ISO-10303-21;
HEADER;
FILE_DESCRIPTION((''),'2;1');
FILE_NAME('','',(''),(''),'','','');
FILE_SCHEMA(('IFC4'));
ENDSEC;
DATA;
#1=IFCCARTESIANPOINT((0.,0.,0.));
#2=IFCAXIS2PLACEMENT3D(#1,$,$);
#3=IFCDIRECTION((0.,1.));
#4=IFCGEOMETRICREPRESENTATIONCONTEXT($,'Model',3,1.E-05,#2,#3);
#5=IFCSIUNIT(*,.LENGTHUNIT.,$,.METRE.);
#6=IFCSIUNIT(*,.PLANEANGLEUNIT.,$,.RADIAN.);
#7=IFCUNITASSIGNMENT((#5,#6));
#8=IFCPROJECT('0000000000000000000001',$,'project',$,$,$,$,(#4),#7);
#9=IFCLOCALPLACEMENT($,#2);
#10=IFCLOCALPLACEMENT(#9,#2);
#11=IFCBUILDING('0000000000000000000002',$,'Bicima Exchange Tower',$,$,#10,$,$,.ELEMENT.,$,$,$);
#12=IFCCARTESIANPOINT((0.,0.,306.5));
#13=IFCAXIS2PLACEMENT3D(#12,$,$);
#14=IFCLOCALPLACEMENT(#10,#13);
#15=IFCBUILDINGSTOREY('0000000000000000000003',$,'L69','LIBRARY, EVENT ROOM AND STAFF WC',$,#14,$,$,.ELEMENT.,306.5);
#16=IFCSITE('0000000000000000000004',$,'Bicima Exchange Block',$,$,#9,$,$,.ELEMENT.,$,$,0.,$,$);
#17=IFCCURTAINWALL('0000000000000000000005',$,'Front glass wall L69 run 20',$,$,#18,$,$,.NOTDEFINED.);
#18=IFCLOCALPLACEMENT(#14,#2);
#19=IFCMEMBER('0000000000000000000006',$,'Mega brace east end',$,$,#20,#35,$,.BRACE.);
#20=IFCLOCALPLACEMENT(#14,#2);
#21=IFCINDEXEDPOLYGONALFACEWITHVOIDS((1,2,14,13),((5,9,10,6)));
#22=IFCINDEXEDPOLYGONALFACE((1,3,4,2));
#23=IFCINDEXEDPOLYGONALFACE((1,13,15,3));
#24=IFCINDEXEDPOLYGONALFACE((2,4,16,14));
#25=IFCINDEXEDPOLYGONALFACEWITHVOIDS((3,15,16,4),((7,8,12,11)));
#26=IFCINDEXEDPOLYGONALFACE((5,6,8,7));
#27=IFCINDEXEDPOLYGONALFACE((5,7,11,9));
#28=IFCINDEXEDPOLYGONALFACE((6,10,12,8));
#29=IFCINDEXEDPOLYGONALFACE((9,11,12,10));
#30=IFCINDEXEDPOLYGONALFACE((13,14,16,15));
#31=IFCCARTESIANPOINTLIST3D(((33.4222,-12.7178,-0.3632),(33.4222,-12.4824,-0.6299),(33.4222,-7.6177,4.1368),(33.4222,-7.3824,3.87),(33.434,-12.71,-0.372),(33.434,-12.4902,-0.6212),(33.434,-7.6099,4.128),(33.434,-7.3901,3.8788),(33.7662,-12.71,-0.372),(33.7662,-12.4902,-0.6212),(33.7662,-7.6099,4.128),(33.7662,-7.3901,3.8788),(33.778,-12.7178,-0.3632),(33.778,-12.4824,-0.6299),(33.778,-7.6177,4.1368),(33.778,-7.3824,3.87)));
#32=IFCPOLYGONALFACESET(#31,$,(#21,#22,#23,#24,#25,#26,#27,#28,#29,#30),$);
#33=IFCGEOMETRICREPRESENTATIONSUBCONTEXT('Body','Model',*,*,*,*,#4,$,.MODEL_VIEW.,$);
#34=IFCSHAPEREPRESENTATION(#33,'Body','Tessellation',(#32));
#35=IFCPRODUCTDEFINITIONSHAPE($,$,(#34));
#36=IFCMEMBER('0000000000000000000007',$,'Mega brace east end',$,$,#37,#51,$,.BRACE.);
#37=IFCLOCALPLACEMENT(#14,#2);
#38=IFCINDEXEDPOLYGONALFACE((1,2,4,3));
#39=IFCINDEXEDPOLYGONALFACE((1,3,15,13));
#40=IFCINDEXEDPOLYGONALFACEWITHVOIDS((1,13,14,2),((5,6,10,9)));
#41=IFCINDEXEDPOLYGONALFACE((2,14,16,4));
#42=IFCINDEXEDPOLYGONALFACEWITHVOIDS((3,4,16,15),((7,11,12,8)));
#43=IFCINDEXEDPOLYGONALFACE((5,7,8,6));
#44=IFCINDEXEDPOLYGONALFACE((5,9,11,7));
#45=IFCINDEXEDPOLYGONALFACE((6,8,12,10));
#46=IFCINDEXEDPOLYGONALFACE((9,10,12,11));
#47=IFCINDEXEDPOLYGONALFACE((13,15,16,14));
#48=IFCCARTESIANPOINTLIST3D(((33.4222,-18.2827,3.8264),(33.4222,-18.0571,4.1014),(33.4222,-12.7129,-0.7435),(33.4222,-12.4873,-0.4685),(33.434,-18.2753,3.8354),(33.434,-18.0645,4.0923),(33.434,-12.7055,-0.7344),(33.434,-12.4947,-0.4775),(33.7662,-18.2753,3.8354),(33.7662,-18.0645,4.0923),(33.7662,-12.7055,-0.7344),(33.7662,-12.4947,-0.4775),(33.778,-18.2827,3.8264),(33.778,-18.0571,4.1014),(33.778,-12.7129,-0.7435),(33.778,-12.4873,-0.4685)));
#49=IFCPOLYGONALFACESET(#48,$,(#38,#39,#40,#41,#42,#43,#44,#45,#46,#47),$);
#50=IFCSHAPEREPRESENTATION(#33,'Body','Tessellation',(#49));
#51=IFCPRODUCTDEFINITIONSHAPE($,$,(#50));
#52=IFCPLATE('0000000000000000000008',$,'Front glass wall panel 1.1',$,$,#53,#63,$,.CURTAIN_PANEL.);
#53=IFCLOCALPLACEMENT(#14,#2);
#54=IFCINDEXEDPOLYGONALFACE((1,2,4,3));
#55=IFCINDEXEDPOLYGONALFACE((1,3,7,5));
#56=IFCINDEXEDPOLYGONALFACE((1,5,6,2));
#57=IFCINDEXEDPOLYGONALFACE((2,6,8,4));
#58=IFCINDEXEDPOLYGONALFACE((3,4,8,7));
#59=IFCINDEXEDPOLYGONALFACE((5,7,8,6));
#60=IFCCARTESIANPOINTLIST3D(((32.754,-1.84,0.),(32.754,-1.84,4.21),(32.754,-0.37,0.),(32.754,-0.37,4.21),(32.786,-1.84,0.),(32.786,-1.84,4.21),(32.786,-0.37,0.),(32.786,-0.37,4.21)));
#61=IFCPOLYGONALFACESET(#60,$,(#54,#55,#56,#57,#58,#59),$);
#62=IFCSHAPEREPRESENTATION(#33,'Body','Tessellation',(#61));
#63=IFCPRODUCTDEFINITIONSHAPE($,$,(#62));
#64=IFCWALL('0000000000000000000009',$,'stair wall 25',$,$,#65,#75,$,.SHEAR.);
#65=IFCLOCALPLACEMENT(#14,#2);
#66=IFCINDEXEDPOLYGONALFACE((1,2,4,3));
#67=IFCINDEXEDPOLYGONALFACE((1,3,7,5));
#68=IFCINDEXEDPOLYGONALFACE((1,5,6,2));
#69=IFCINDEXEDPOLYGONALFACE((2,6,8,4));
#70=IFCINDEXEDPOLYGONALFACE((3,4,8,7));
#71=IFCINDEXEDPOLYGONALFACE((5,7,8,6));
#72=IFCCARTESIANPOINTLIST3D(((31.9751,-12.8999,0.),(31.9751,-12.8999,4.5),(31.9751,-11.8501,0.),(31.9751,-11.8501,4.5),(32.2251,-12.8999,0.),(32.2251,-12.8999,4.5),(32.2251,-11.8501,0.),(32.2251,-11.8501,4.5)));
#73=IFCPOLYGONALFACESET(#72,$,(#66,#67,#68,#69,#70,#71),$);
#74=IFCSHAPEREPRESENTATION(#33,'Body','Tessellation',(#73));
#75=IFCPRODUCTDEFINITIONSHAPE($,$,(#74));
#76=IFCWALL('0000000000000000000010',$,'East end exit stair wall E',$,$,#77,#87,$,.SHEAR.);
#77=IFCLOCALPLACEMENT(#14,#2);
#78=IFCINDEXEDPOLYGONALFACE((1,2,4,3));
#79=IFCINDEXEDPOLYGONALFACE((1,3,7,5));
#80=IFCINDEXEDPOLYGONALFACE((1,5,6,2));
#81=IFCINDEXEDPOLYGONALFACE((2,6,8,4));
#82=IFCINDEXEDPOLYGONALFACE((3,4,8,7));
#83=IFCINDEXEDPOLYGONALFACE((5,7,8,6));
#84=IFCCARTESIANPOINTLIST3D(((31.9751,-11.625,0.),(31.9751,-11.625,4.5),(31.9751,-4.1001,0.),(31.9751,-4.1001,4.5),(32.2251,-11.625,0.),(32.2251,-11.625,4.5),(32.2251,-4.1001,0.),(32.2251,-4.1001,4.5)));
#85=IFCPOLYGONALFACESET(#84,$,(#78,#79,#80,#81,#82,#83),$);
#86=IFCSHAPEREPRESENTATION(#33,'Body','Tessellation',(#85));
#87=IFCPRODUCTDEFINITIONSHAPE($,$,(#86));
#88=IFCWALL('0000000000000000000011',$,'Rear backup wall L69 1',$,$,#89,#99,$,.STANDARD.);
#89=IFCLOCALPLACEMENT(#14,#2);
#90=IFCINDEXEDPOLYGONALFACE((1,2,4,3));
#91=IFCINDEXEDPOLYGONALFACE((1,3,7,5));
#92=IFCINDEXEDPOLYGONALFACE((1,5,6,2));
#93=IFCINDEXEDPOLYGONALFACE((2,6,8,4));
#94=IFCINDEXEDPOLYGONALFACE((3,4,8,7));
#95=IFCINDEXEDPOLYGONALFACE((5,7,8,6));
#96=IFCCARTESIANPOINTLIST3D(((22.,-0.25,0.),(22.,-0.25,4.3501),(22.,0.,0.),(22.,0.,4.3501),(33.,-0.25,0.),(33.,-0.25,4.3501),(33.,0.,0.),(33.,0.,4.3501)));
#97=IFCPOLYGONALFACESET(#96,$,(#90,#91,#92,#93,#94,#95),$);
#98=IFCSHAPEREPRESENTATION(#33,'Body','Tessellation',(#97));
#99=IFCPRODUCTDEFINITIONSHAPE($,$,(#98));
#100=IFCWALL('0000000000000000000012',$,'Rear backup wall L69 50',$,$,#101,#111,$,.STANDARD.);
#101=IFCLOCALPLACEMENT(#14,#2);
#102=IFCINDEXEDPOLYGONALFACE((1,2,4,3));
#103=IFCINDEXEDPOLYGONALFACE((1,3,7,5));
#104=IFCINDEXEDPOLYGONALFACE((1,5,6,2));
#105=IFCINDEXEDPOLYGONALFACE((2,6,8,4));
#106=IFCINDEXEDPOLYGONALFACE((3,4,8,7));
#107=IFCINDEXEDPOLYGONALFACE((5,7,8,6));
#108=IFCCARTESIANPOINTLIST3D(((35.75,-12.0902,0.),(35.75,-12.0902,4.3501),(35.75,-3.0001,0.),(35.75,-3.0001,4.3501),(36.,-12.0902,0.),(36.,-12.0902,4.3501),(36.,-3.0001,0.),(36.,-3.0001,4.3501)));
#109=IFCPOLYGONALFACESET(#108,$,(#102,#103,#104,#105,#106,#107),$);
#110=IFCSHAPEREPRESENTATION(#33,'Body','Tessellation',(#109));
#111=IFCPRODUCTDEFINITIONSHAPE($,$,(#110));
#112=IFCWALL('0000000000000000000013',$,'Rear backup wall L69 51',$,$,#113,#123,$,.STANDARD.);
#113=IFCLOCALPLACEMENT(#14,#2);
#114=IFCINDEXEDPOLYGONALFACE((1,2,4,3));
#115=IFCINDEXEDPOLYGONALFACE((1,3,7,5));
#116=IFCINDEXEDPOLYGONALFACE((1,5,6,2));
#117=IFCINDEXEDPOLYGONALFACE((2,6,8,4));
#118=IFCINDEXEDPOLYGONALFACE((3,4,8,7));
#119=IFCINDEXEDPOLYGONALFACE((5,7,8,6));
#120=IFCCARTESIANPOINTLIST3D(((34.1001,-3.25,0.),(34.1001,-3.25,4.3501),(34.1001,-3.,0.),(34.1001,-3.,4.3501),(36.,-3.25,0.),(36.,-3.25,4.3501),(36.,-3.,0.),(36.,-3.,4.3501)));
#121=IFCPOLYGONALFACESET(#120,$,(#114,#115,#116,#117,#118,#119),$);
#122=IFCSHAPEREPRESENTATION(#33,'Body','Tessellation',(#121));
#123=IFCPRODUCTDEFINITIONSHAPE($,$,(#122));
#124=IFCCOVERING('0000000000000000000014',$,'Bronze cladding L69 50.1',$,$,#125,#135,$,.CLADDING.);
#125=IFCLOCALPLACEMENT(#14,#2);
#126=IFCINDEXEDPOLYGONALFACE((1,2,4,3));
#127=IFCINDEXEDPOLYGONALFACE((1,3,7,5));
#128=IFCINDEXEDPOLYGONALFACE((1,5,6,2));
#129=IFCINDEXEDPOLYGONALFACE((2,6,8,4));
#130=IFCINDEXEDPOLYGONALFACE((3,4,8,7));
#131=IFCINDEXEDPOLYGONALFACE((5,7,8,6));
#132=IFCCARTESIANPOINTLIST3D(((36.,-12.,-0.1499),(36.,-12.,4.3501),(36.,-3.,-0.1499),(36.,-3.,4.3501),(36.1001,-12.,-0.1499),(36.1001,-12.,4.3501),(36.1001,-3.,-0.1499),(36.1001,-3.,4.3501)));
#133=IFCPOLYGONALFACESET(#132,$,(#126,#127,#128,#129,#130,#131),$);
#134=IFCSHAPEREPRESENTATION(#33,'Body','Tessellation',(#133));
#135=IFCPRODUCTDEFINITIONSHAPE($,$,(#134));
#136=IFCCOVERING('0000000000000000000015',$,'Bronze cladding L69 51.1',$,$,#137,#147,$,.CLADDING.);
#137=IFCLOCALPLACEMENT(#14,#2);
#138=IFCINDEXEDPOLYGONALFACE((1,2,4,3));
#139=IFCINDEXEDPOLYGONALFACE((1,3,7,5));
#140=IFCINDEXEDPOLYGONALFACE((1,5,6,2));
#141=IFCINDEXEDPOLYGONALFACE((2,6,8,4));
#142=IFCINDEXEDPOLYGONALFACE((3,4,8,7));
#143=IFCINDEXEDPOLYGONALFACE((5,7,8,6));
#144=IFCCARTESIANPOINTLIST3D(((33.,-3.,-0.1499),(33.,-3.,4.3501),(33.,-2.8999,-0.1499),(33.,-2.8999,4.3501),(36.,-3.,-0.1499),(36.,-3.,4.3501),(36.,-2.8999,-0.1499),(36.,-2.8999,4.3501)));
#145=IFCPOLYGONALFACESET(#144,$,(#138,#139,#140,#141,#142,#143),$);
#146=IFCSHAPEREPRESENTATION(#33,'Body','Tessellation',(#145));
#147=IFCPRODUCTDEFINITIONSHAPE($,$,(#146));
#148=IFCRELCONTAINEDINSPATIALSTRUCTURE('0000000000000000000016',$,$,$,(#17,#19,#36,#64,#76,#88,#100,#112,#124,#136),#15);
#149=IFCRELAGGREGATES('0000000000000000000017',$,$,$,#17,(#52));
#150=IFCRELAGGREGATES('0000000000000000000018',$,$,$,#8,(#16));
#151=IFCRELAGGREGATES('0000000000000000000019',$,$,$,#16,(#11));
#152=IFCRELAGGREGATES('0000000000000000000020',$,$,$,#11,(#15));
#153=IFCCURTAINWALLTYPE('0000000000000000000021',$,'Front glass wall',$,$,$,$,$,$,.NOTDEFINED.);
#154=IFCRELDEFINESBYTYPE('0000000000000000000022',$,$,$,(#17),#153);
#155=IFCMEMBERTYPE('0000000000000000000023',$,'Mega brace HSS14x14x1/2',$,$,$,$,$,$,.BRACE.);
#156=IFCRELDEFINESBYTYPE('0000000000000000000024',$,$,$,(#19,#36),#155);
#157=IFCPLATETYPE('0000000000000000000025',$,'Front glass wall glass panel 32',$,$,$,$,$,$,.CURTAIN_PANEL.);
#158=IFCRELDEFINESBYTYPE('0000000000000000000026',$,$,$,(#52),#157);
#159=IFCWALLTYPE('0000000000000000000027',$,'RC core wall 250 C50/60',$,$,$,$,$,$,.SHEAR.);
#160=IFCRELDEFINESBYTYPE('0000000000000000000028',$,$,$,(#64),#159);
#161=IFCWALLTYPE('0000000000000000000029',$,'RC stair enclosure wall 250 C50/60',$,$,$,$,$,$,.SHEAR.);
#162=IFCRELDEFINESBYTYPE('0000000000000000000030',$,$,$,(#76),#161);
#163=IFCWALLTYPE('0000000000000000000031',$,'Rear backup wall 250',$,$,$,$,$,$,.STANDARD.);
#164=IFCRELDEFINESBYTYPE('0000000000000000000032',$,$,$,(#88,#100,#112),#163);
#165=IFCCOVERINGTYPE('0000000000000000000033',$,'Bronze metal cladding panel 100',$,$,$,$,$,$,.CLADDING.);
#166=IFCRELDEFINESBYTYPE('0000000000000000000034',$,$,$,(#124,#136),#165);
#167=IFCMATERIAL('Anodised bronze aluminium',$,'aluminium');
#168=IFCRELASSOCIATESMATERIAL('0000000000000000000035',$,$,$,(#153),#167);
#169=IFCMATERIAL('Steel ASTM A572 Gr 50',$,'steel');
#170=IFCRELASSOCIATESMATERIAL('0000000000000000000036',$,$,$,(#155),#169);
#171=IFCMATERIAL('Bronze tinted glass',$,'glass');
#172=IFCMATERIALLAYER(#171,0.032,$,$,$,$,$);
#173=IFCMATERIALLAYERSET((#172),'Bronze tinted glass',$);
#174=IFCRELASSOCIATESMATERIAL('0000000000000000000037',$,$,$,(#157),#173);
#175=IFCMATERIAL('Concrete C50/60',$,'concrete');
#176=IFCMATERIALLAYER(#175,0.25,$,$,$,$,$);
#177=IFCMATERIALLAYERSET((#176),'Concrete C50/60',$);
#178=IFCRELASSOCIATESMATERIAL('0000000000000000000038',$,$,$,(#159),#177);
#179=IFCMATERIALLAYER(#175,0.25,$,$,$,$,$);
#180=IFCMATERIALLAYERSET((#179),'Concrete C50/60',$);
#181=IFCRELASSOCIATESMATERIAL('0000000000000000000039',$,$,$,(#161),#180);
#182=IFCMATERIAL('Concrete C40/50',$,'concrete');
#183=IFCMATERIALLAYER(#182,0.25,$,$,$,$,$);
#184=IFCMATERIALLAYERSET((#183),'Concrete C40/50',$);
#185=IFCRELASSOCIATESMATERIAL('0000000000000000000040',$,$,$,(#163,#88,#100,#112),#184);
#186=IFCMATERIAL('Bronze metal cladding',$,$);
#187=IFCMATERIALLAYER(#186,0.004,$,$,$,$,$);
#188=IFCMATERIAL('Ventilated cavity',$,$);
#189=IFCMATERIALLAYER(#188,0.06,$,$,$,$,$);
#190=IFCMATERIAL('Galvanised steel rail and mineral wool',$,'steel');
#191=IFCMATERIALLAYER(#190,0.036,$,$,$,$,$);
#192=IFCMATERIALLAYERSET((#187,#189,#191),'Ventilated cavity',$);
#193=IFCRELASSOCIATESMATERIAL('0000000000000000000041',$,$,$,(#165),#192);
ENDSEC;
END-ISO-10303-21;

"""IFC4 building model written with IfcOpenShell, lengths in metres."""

from ifc_helpers import new_model, si_unit, direction, frame, frame_2d, origin, origin_2d, place, context, subcontext, project, spatial, rectangle, hollow_rectangle, extrude, material, layer, layer_set, layer_usage, material_profile, profile_set, type_object, element, aggregate, save


model = new_model("IFC4")

# Units and contexts
model_context = context("Model", 3, precision=1e-05, world=origin(), true_north=direction((0.0, 1.0)))
body_context = subcontext(model_context, "Body", "Model", "MODEL_VIEW")
ifc_project = project(units=[si_unit("LENGTHUNIT", "METRE"), si_unit("PLANEANGLEUNIT", "RADIAN")], contexts=[model_context])

# Site, building, storey
site_placement = place(None, origin())
site = spatial("IfcSite", under=ifc_project, at=site_placement, Name="Bicima Exchange Block", CompositionType="ELEMENT", RefElevation=0.0)
building_placement = place(site_placement, origin())
building = spatial("IfcBuilding", under=site, at=building_placement, Name="Bicima Exchange Tower", CompositionType="ELEMENT")
storey_placement = place(building_placement, frame((0.0, 0.0, 306.5)))
storey = spatial("IfcBuildingStorey", under=building, at=storey_placement, Name="L69", Description="LIBRARY, EVENT ROOM AND STAFF WC", CompositionType="ELEMENT", Elevation=306.5)

# Shared definitions
ifc_material_1 = material(Name="Steel ASTM A572 Gr 50", Category="steel")

# Shared definitions
ifc_material_2 = material(Name="Anodised bronze aluminium", Category="aluminium")

# Curtain wall
curtain_wall_type_1 = type_object("IfcCurtainWallType", Name="Front glass wall", PredefinedType="NOTDEFINED", material=ifc_material_2)
curtain_wall_1_placement = place(storey_placement, origin())
curtain_wall_1 = element("IfcCurtainWall", 1, at=curtain_wall_1_placement, inside=storey, type_object=curtain_wall_type_1, Name="Front glass wall L69 run 20", PredefinedType="NOTDEFINED")

# Members
ifc_material_profile_1 = material_profile(ifc_material_1, hollow_rectangle(XDim=0.3557, YDim=0.3557, WallThickness=0.0117, at=origin_2d()))
ifc_profile_set_1 = profile_set([ifc_material_profile_1], Name="Steel ASTM A572 Gr 50")
member_type_1 = type_object("IfcMemberType", Name="Mega brace HSS14x14x1/2", PredefinedType="BRACE", material=ifc_profile_set_1)
for number, where, z_axis, x_axis, name in (
    (2, (33.6001, -12.6001, -0.4966), (0.0, 0.749844, 0.661615), (-1.0, 0.0, 0.0), "Mega brace east end"),
):
    element("IfcMember", number, at=place(storey_placement, frame(where, z_axis=z_axis, x_axis=x_axis)), inside=storey, type_object=member_type_1, Name=name, PredefinedType="BRACE", context=body_context, shape_type="SweptSolid", body=[
        extrude(hollow_rectangle(XDim=0.3557, YDim=0.3557, WallThickness=0.0117, at=origin_2d()), origin(), (0.0, 0.0, 1.0), 6.8015),
    ])
member_1_placement = place(storey_placement, frame((33.6001, -12.6001, -0.606), z_axis=(0.0, -0.773093, 0.634293), x_axis=(1.0, 0.0, 0.0)))
element("IfcMember", 3, at=member_1_placement, inside=storey, type_object=member_type_1, Name="Mega brace east end", PredefinedType="BRACE", context=body_context, shape_type="SweptSolid", body=[
    extrude(hollow_rectangle(XDim=0.3557, YDim=0.3557, WallThickness=0.0117, at=origin_2d()), origin(), (0.0, 0.0, 1.0), 7.2046),
])

# Plate
ifc_material_3 = material(Name="Bronze tinted glass", Category="glass")
ifc_layer_1 = layer(ifc_material_3, 0.032)
ifc_layer_set_1 = layer_set([ifc_layer_1], Name="Bronze tinted glass")
plate_type = type_object("IfcPlateType", Name="Front glass wall glass panel 32", PredefinedType="CURTAIN_PANEL", material=ifc_layer_set_1)
plate_placement = place(storey_placement, frame((32.77, -1.105, 0.0), z_axis=(0.0, 0.0, 1.0), x_axis=(0.0, 1.0, 0.0)))
plate = element("IfcPlate", 4, at=plate_placement, type_object=plate_type, Name="Front glass wall panel 1.1", PredefinedType="CURTAIN_PANEL", context=body_context, shape_type="SweptSolid", body=[
    extrude(rectangle(XDim=1.47, YDim=0.032, at=origin_2d()), origin(), (0.0, 0.0, 1.0), 4.21),
])
aggregate(curtain_wall_1, [plate])

# Walls
ifc_material_4 = material(Name="Concrete C50/60", Category="concrete")
ifc_layer_2 = layer(ifc_material_4, 0.25)
ifc_layer_set_2 = layer_set([ifc_layer_2], Name="Concrete C50/60")
wall_type_1 = type_object("IfcWallType", Name="RC core wall 250 C50/60", PredefinedType="SHEAR", material=ifc_layer_set_2)
wall_1_placement = place(storey_placement, frame((32.1001, -12.8999, 0.0), z_axis=(0.0, 0.0, 1.0), x_axis=(0.0, 1.0, 0.0)))
element("IfcWall", 5, at=wall_1_placement, inside=storey, type_object=wall_type_1, Name="stair wall 25", PredefinedType="SHEAR", context=body_context, shape_type="SweptSolid", body=[
    extrude(rectangle(XDim=1.0498, YDim=0.25, at=frame_2d((0.5249, 0.0))), origin(), (0.0, 0.0, 1.0), 4.5),
])
ifc_layer_3 = layer(ifc_material_4, 0.25)
ifc_layer_set_3 = layer_set([ifc_layer_3], Name="Concrete C50/60")
wall_type_2 = type_object("IfcWallType", Name="RC stair enclosure wall 250 C50/60", PredefinedType="SHEAR", material=ifc_layer_set_3)
wall_2_placement = place(storey_placement, frame((32.1001, -11.625, 0.0), z_axis=(0.0, 0.0, 1.0), x_axis=(0.0, 1.0, 0.0)))
element("IfcWall", 6, at=wall_2_placement, inside=storey, type_object=wall_type_2, Name="East end exit stair wall E", PredefinedType="SHEAR", context=body_context, shape_type="SweptSolid", body=[
    extrude(rectangle(XDim=7.5249, YDim=0.25, at=frame_2d((3.7625, 0.0))), origin(), (0.0, 0.0, 1.0), 4.5),
])
ifc_material_5 = material(Name="Concrete C40/50", Category="concrete")
ifc_layer_4 = layer(ifc_material_5, 0.25)
ifc_layer_set_4 = layer_set([ifc_layer_4], Name="Concrete C40/50")
ifc_layer_usage = layer_usage(ifc_layer_set_4, "AXIS2", "POSITIVE", -0.125)
wall_type_3 = type_object("IfcWallType", Name="Rear backup wall 250", PredefinedType="STANDARD", material=ifc_layer_set_4)
wall_3_placement = place(storey_placement, frame((33.0, -0.125, 0.0), z_axis=(0.0, 0.0, 1.0), x_axis=(-1.0, 0.0, 0.0)))
element("IfcWall", 7, at=wall_3_placement, inside=storey, type_object=wall_type_3, material=ifc_layer_usage, Name="Rear backup wall L69 1", PredefinedType="STANDARD", context=body_context, shape_type="SweptSolid", body=[
    extrude(rectangle(XDim=11.0, YDim=0.25, at=frame_2d((5.5, 0.0))), origin(), (0.0, 0.0, 1.0), 4.3501),
])
wall_4_placement = place(storey_placement, frame((35.875, -12.0901, 0.0), z_axis=(0.0, 0.0, 1.0), x_axis=(0.0, 1.0, 0.0)))
element("IfcWall", 8, at=wall_4_placement, inside=storey, type_object=wall_type_3, material=ifc_layer_usage, Name="Rear backup wall L69 50", PredefinedType="STANDARD", context=body_context, shape_type="SweptSolid", body=[
    extrude(rectangle(XDim=9.0901, YDim=0.25, at=frame_2d((4.5449, 0.0))), origin(), (0.0, 0.0, 1.0), 4.3501),
])
wall_5_placement = place(storey_placement, frame((36.0, -3.125, 0.0), z_axis=(0.0, 0.0, 1.0), x_axis=(-1.0, 0.0, 0.0)))
element("IfcWall", 9, at=wall_5_placement, inside=storey, type_object=wall_type_3, material=ifc_layer_usage, Name="Rear backup wall L69 51", PredefinedType="STANDARD", context=body_context, shape_type="SweptSolid", body=[
    extrude(rectangle(XDim=1.8999, YDim=0.25, at=frame_2d((0.95, 0.0))), origin(), (0.0, 0.0, 1.0), 4.3501),
])

# Coverings
ifc_material_6 = material(Name="Bronze metal cladding")
ifc_layer_5 = layer(ifc_material_6, 0.004)
ifc_material_7 = material(Name="Ventilated cavity")
ifc_layer_6 = layer(ifc_material_7, 0.06)
ifc_material_8 = material(Name="Galvanised steel rail and mineral wool", Category="steel")
ifc_layer_7 = layer(ifc_material_8, 0.036)
ifc_layer_set_5 = layer_set([ifc_layer_5, ifc_layer_6, ifc_layer_7], Name="Ventilated cavity")
covering_type = type_object("IfcCoveringType", Name="Bronze metal cladding panel 100", PredefinedType="CLADDING", material=ifc_layer_set_5)
covering_1_placement = place(storey_placement, frame((36.05, -7.5, -0.1499), z_axis=(0.0, 0.0, 1.0), x_axis=(0.0, 1.0, 0.0)))
element("IfcCovering", 10, at=covering_1_placement, inside=storey, type_object=covering_type, Name="Bronze cladding L69 50.1", PredefinedType="CLADDING", context=body_context, shape_type="SweptSolid", body=[
    extrude(rectangle(XDim=9.0, YDim=0.1001, at=origin_2d()), origin(), (0.0, 0.0, 1.0), 4.5),
])
covering_2_placement = place(storey_placement, frame((34.5, -2.95, -0.1499), z_axis=(0.0, 0.0, 1.0), x_axis=(-1.0, 0.0, 0.0)))
element("IfcCovering", 11, at=covering_2_placement, inside=storey, type_object=covering_type, Name="Bronze cladding L69 51.1", PredefinedType="CLADDING", context=body_context, shape_type="SweptSolid", body=[
    extrude(rectangle(XDim=3.0, YDim=0.1001, at=origin_2d()), origin(), (0.0, 0.0, 1.0), 4.5),
])

save(model, "model.ifc")
